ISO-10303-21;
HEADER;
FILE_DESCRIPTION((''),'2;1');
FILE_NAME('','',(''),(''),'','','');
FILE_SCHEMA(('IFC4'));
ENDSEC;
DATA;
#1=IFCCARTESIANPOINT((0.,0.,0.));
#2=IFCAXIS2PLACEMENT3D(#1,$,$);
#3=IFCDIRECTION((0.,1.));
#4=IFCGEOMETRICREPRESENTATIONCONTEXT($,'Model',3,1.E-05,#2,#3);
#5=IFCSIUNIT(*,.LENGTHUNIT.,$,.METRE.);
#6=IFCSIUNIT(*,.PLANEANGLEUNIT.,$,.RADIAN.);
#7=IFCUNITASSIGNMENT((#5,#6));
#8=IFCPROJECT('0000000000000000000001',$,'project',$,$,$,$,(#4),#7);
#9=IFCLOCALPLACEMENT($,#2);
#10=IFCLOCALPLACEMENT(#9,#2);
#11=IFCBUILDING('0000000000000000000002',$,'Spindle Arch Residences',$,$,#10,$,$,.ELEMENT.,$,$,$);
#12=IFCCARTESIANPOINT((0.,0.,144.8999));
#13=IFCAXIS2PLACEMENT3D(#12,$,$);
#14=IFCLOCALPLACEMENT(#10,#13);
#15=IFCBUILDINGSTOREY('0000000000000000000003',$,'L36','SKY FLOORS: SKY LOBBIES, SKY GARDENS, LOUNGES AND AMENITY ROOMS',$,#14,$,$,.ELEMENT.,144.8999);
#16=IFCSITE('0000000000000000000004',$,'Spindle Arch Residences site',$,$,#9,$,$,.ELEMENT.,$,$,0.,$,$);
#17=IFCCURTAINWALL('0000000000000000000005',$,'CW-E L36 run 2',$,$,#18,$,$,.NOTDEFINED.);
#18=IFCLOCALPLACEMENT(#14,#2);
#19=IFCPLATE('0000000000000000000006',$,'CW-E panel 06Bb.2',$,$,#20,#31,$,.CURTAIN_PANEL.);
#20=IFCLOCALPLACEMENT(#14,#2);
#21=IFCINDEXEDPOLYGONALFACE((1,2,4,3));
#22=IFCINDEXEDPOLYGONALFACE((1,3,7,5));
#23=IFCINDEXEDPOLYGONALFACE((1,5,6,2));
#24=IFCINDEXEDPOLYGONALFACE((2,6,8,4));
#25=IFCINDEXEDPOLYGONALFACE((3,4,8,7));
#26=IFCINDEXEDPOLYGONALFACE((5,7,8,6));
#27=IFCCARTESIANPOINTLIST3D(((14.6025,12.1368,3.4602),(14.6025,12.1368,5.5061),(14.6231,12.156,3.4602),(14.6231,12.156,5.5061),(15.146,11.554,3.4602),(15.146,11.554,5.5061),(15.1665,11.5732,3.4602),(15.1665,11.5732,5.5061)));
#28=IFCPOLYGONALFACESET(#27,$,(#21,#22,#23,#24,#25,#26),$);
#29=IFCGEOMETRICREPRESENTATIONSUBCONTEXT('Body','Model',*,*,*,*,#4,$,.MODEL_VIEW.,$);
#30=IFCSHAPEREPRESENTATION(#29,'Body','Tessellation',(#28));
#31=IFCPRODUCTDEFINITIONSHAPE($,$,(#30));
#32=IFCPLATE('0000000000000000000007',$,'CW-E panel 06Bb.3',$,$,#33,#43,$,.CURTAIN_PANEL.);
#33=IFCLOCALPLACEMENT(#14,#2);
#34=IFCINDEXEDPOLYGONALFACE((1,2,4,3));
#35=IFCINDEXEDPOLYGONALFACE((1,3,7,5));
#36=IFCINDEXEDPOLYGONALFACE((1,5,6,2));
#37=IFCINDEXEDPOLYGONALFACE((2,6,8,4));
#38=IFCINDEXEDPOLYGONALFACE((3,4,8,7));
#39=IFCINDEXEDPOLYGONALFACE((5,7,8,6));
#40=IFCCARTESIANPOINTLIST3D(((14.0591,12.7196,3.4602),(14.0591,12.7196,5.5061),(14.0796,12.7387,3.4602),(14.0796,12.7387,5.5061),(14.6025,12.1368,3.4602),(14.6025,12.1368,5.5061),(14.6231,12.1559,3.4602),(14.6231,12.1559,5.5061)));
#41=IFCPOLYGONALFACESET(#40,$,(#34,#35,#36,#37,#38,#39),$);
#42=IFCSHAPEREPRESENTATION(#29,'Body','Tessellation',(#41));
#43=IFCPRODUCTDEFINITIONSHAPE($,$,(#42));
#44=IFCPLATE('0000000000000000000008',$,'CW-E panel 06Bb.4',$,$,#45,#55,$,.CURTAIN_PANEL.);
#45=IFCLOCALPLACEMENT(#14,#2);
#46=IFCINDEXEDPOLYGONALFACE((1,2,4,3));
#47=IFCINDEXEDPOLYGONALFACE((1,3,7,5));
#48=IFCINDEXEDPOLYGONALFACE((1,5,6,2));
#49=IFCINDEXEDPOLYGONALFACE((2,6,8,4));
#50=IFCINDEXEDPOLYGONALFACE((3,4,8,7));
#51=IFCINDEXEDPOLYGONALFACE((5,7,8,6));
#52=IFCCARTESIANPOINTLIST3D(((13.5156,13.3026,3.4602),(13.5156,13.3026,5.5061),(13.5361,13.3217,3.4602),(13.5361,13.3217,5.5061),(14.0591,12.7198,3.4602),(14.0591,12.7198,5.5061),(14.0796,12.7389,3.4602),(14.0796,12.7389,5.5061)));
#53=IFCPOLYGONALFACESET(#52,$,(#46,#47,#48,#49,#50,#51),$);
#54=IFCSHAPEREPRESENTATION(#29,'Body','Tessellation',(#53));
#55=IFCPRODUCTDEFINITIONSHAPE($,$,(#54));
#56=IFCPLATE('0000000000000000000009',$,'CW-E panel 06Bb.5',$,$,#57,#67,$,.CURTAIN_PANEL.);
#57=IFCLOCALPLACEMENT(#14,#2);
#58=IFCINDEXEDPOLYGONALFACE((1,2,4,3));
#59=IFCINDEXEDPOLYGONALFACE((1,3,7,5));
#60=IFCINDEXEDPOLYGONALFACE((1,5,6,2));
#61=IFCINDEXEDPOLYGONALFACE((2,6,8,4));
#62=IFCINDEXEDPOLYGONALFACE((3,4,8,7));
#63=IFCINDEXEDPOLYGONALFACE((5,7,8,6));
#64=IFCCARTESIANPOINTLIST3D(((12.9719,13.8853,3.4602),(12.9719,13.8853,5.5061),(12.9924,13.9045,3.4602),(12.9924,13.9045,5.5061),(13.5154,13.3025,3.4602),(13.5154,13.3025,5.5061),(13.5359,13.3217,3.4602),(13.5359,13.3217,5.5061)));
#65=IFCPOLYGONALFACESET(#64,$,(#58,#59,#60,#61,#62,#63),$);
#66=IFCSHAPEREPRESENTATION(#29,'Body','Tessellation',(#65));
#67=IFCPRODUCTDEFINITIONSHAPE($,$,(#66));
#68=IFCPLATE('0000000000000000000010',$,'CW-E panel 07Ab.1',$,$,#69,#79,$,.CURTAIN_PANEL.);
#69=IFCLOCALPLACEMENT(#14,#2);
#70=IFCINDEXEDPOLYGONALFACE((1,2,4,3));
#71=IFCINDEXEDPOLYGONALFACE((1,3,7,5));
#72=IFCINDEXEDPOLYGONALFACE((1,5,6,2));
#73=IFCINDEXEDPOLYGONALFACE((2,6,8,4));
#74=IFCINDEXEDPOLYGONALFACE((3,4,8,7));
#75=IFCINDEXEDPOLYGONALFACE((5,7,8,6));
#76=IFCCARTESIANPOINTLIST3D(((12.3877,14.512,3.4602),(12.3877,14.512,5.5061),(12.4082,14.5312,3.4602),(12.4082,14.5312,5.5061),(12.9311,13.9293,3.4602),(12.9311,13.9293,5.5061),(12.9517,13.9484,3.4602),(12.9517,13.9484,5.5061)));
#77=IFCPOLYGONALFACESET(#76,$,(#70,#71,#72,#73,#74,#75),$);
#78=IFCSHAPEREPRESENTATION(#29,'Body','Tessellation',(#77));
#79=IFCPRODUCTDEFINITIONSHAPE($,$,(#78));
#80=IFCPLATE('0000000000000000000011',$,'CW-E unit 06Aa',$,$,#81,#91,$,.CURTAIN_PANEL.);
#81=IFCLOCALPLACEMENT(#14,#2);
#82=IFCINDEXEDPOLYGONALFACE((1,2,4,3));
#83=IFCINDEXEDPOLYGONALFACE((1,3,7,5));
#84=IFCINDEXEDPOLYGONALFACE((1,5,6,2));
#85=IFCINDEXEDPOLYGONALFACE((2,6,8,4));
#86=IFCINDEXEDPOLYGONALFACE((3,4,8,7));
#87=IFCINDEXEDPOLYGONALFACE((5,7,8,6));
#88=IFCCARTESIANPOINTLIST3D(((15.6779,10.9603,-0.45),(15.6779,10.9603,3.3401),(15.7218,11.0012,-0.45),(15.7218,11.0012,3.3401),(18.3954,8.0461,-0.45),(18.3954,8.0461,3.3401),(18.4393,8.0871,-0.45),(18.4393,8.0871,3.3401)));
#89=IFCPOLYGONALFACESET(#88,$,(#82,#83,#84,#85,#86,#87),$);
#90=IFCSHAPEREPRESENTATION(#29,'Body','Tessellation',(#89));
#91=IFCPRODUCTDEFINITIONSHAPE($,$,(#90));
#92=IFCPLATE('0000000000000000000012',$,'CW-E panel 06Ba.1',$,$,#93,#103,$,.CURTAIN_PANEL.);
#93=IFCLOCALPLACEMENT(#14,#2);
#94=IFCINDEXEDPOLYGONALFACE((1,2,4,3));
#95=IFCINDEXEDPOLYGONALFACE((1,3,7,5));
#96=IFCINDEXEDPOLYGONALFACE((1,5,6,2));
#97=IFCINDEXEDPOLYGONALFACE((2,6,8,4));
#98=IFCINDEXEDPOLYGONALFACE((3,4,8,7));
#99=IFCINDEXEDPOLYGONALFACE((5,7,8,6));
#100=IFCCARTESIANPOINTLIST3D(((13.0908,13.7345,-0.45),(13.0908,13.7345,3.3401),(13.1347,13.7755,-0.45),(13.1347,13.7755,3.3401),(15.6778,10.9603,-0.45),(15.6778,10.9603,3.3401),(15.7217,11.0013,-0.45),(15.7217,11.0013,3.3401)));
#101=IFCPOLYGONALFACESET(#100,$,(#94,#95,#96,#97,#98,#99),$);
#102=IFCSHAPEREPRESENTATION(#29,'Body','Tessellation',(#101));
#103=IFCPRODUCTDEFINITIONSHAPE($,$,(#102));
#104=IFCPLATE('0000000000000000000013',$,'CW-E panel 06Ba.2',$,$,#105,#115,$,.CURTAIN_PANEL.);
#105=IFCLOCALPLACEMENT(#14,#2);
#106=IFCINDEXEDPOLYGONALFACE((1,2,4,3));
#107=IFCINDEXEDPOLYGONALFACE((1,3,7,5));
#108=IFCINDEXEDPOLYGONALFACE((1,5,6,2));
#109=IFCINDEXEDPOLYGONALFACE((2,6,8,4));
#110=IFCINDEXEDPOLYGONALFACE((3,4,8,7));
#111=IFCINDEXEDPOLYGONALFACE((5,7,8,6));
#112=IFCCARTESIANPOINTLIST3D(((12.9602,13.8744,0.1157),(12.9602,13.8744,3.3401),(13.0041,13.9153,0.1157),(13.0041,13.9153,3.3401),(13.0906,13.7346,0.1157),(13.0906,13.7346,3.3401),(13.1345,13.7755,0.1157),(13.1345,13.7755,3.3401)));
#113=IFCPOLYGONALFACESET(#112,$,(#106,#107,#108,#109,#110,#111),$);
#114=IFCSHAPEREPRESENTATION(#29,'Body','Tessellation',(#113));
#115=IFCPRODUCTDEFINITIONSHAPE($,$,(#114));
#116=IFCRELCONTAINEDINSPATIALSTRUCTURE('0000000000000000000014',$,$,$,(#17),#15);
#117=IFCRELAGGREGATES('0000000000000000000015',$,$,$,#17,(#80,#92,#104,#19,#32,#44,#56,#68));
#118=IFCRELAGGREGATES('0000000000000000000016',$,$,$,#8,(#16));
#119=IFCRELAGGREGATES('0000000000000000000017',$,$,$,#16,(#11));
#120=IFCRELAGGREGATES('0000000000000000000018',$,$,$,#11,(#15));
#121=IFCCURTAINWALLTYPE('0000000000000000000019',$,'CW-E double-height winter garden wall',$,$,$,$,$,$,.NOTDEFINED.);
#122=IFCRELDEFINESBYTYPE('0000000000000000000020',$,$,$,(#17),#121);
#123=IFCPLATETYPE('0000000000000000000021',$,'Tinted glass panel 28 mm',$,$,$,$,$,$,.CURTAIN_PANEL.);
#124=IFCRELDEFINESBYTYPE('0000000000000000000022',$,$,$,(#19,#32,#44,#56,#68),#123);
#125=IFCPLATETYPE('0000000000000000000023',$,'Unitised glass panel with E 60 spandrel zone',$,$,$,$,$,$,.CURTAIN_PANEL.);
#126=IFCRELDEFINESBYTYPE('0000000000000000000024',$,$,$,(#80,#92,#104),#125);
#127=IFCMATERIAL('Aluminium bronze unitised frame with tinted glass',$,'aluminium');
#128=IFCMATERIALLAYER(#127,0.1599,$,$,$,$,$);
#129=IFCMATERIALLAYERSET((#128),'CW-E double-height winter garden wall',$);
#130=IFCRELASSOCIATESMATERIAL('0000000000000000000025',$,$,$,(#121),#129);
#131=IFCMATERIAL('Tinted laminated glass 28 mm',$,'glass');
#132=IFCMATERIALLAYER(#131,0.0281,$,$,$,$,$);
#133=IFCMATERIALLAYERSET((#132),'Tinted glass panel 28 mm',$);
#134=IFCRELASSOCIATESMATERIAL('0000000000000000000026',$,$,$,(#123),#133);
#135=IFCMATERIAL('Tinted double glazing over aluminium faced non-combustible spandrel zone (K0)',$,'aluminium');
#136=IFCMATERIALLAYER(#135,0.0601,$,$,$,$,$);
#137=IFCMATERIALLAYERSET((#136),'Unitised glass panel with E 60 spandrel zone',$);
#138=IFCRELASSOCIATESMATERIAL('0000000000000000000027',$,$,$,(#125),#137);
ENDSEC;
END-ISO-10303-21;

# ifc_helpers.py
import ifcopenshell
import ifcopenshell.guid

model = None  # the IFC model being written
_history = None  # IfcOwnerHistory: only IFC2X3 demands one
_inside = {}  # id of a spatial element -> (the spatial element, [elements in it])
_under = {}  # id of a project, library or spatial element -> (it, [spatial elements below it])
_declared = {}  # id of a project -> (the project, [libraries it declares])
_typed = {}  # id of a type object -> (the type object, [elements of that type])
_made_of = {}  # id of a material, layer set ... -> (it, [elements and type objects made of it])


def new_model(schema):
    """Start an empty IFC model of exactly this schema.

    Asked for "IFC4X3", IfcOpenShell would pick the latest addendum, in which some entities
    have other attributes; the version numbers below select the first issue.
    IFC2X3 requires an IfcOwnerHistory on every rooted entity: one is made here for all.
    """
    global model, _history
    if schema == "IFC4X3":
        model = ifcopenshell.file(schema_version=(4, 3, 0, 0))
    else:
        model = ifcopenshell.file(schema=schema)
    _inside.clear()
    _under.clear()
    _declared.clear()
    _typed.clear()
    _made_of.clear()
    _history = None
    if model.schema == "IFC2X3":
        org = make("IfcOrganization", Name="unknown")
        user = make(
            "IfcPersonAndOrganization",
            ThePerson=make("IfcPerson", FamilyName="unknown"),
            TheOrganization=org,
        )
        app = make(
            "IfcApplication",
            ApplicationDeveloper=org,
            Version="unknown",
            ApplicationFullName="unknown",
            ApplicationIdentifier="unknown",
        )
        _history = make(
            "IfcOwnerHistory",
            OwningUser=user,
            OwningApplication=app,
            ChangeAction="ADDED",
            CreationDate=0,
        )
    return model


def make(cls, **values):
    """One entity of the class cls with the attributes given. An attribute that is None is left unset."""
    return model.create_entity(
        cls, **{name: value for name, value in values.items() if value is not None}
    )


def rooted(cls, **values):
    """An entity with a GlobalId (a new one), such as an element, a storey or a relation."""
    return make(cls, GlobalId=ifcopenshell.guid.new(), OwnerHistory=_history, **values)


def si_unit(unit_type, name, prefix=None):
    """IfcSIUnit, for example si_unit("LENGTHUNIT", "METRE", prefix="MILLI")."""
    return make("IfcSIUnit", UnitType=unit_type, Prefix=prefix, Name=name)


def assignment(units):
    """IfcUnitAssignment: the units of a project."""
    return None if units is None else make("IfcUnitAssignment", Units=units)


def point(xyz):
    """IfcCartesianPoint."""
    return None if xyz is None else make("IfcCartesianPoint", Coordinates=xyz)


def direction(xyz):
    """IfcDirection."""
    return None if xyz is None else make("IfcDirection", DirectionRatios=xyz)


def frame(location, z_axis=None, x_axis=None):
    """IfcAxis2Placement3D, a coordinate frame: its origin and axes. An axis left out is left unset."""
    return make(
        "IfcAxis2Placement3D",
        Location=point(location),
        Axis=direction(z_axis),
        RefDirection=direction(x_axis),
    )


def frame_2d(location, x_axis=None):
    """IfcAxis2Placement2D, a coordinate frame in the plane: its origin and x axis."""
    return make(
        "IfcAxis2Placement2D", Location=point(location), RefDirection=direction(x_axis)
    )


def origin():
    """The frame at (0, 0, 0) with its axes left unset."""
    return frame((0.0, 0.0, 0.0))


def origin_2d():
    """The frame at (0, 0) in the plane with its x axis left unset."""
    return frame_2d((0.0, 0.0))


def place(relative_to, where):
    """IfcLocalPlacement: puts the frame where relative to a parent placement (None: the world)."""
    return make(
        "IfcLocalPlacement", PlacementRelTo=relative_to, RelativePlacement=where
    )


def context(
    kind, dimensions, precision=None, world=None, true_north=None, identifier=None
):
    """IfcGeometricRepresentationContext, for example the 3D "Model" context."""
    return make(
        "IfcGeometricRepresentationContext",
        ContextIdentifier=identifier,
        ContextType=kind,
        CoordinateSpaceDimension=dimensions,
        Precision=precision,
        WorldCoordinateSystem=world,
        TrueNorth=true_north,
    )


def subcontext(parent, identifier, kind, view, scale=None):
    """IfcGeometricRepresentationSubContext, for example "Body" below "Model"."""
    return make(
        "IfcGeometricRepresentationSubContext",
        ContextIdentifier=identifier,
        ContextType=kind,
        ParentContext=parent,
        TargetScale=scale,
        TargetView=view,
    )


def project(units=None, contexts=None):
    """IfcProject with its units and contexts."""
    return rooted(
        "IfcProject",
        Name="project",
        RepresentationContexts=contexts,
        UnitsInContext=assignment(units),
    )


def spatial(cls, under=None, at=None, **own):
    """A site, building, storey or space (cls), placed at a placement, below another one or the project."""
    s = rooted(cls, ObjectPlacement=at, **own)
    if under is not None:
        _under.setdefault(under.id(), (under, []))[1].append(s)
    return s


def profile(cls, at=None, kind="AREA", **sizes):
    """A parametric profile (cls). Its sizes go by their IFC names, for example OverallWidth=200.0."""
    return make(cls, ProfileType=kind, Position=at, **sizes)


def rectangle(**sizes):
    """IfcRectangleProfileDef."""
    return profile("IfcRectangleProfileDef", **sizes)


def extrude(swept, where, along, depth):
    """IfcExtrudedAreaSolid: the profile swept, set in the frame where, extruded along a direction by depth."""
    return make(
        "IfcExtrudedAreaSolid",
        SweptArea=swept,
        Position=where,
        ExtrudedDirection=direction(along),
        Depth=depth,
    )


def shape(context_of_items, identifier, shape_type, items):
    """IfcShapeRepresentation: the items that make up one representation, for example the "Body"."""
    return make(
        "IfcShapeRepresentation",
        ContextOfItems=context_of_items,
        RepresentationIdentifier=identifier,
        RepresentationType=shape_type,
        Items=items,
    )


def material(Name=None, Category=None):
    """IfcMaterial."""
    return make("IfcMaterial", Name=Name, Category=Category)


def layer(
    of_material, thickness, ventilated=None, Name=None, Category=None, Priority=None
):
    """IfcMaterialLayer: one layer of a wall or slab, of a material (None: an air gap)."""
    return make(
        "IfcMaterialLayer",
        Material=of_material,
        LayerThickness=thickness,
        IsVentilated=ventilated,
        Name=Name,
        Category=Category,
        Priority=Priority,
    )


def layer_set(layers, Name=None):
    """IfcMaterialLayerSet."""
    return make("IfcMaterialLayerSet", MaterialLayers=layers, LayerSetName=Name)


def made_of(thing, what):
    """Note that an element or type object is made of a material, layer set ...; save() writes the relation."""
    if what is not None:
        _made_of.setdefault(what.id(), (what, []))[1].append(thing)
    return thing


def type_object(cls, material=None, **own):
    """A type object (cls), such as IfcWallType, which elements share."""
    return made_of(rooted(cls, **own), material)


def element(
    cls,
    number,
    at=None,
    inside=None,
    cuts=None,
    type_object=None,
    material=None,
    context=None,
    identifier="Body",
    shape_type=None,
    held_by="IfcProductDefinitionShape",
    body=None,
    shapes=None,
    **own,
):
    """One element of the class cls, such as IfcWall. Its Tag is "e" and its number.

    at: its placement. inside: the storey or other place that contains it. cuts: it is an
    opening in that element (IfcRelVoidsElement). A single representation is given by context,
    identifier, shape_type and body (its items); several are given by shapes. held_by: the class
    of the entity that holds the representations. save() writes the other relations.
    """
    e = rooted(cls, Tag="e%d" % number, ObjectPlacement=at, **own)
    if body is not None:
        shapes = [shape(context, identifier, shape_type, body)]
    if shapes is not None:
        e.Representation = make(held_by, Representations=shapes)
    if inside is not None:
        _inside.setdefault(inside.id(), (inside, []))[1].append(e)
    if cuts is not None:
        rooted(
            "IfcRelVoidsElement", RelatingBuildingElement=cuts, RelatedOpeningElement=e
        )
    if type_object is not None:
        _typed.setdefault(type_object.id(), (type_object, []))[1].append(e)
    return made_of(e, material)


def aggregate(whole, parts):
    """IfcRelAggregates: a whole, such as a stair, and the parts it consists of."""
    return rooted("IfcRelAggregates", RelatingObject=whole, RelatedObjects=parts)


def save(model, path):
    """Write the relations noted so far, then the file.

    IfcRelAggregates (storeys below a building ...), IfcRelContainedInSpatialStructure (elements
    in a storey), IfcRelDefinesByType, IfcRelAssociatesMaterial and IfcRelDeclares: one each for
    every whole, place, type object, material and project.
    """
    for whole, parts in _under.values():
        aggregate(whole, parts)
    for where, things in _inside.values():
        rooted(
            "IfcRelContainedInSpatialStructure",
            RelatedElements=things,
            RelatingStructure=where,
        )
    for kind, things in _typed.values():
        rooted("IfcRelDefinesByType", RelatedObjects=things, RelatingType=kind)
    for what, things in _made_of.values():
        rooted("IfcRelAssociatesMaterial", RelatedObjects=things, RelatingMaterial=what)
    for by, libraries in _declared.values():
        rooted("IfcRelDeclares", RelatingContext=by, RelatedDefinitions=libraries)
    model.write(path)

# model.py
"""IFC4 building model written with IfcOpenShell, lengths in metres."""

from ifc_helpers import new_model, si_unit, direction, frame, origin, origin_2d, place, context, subcontext, project, spatial, rectangle, extrude, material, layer, layer_set, type_object, element, aggregate, save


model = new_model("IFC4")

# Units and contexts
model_context = context("Model", 3, precision=1e-05, world=origin(), true_north=direction((0.0, 1.0)))
body_context = subcontext(model_context, "Body", "Model", "MODEL_VIEW")
ifc_project = project(units=[si_unit("LENGTHUNIT", "METRE"), si_unit("PLANEANGLEUNIT", "RADIAN")], contexts=[model_context])

# Site, building, storey
site_placement = place(None, origin())
site = spatial("IfcSite", under=ifc_project, at=site_placement, Name="Spindle Arch Residences site", CompositionType="ELEMENT", RefElevation=0.0)
building_placement = place(site_placement, origin())
building = spatial("IfcBuilding", under=site, at=building_placement, Name="Spindle Arch Residences", CompositionType="ELEMENT")
storey_placement = place(building_placement, frame((0.0, 0.0, 144.8999)))
storey = spatial("IfcBuildingStorey", under=building, at=storey_placement, Name="L36", Description="SKY FLOORS: SKY LOBBIES, SKY GARDENS, LOUNGES AND AMENITY ROOMS", CompositionType="ELEMENT", Elevation=144.8999)

# Curtain wall, plates
ifc_material_1 = material(Name="Aluminium bronze unitised frame with tinted glass", Category="aluminium")
ifc_layer_1 = layer(ifc_material_1, 0.1599)
ifc_layer_set_1 = layer_set([ifc_layer_1], Name="CW-E double-height winter garden wall")
curtain_wall_type = type_object("IfcCurtainWallType", Name="CW-E double-height winter garden wall", PredefinedType="NOTDEFINED", material=ifc_layer_set_1)
curtain_wall_placement = place(storey_placement, origin())
curtain_wall = element("IfcCurtainWall", 1, at=curtain_wall_placement, inside=storey, type_object=curtain_wall_type, Name="CW-E L36 run 2", PredefinedType="NOTDEFINED")
ifc_material_2 = material(Name="Tinted laminated glass 28 mm", Category="glass")
ifc_layer_2 = layer(ifc_material_2, 0.0281)
ifc_layer_set_2 = layer_set([ifc_layer_2], Name="Tinted glass panel 28 mm")
plate_type_1 = type_object("IfcPlateType", Name="Tinted glass panel 28 mm", PredefinedType="CURTAIN_PANEL", material=ifc_layer_set_2)
plate_1_placement = place(storey_placement, frame((14.8845, 11.855, 3.4602), z_axis=(0.0, 0.0, 1.0), x_axis=(-0.681998, 0.731354, 0.0)))
plate_1 = element("IfcPlate", 2, at=plate_1_placement, type_object=plate_type_1, Name="CW-E panel 06Bb.2", PredefinedType="CURTAIN_PANEL", context=body_context, shape_type="SweptSolid", body=[
    extrude(rectangle(XDim=0.7969, YDim=0.0281, at=origin_2d()), origin(), (0.0, 0.0, 1.0), 2.0459),
])
plate_2_placement = place(storey_placement, frame((14.3411, 12.4377, 3.4602), z_axis=(0.0, 0.0, 1.0), x_axis=(-0.681998, 0.731354, 0.0)))
plate_2 = element("IfcPlate", 3, at=plate_2_placement, type_object=plate_type_1, Name="CW-E panel 06Bb.3", PredefinedType="CURTAIN_PANEL", context=body_context, shape_type="SweptSolid", body=[
    extrude(rectangle(XDim=0.7969, YDim=0.0281, at=origin_2d()), origin(), (0.0, 0.0, 1.0), 2.0459),
])
plate_3_placement = place(storey_placement, frame((13.7976, 13.0208, 3.4602), z_axis=(0.0, 0.0, 1.0), x_axis=(-0.681998, 0.731354, 0.0)))
plate_3 = element("IfcPlate", 4, at=plate_3_placement, type_object=plate_type_1, Name="CW-E panel 06Bb.4", PredefinedType="CURTAIN_PANEL", context=body_context, shape_type="SweptSolid", body=[
    extrude(rectangle(XDim=0.7969, YDim=0.0281, at=origin_2d()), origin(), (0.0, 0.0, 1.0), 2.0459),
])
plate_4_placement = place(storey_placement, frame((13.2539, 13.6035, 3.4602), z_axis=(0.0, 0.0, 1.0), x_axis=(-0.681998, 0.731354, 0.0)))
plate_4 = element("IfcPlate", 5, at=plate_4_placement, type_object=plate_type_1, Name="CW-E panel 06Bb.5", PredefinedType="CURTAIN_PANEL", context=body_context, shape_type="SweptSolid", body=[
    extrude(rectangle(XDim=0.7969, YDim=0.0281, at=origin_2d()), origin(), (0.0, 0.0, 1.0), 2.0459),
])
plate_5_placement = place(storey_placement, frame((12.6697, 14.2302, 3.4602), z_axis=(0.0, 0.0, 1.0), x_axis=(-0.681998, 0.731354, 0.0)))
plate_5 = element("IfcPlate", 6, at=plate_5_placement, type_object=plate_type_1, Name="CW-E panel 07Ab.1", PredefinedType="CURTAIN_PANEL", context=body_context, shape_type="SweptSolid", body=[
    extrude(rectangle(XDim=0.7969, YDim=0.0281, at=origin_2d()), origin(), (0.0, 0.0, 1.0), 2.0459),
])
ifc_material_3 = material(Name="Tinted double glazing over aluminium faced non-combustible spandrel zone (K0)", Category="aluminium")
ifc_layer_3 = layer(ifc_material_3, 0.0601)
ifc_layer_set_3 = layer_set([ifc_layer_3], Name="Unitised glass panel with E 60 spandrel zone")
plate_type_2 = type_object("IfcPlateType", Name="Unitised glass panel with E 60 spandrel zone", PredefinedType="CURTAIN_PANEL", material=ifc_layer_set_3)
plate_6_placement = place(storey_placement, frame((17.0586, 9.5237, -0.45), z_axis=(0.0, 0.0, 1.0), x_axis=(-0.681998, 0.731354, 0.0)))
plate_6 = element("IfcPlate", 7, at=plate_6_placement, type_object=plate_type_2, Name="CW-E unit 06Aa", PredefinedType="CURTAIN_PANEL", context=body_context, shape_type="SweptSolid", body=[
    extrude(rectangle(XDim=3.9846, YDim=0.0601, at=origin_2d()), origin(), (0.0, 0.0, 1.0), 3.79),
])
plate_7_placement = place(storey_placement, frame((14.4062, 12.3679, -0.45), z_axis=(0.0, 0.0, 1.0), x_axis=(-0.681998, 0.731354, 0.0)))
plate_7 = element("IfcPlate", 8, at=plate_7_placement, type_object=plate_type_2, Name="CW-E panel 06Ba.1", PredefinedType="CURTAIN_PANEL", context=body_context, shape_type="SweptSolid", body=[
    extrude(rectangle(XDim=3.7932, YDim=0.0601, at=origin_2d()), origin(), (0.0, 0.0, 1.0), 3.79),
])
plate_8_placement = place(storey_placement, frame((13.0474, 13.825, 0.1157), z_axis=(0.0, 0.0, 1.0), x_axis=(-0.681998, 0.731354, 0.0)))
plate_8 = element("IfcPlate", 9, at=plate_8_placement, type_object=plate_type_2, Name="CW-E panel 06Ba.2", PredefinedType="CURTAIN_PANEL", context=body_context, shape_type="SweptSolid", body=[
    extrude(rectangle(XDim=0.1912, YDim=0.0601, at=origin_2d()), origin(), (0.0, 0.0, 1.0), 3.2244),
])
aggregate(curtain_wall, [plate_6, plate_7, plate_8, plate_1, plate_2, plate_3, plate_4, plate_5])

save(model, "model.ifc")
